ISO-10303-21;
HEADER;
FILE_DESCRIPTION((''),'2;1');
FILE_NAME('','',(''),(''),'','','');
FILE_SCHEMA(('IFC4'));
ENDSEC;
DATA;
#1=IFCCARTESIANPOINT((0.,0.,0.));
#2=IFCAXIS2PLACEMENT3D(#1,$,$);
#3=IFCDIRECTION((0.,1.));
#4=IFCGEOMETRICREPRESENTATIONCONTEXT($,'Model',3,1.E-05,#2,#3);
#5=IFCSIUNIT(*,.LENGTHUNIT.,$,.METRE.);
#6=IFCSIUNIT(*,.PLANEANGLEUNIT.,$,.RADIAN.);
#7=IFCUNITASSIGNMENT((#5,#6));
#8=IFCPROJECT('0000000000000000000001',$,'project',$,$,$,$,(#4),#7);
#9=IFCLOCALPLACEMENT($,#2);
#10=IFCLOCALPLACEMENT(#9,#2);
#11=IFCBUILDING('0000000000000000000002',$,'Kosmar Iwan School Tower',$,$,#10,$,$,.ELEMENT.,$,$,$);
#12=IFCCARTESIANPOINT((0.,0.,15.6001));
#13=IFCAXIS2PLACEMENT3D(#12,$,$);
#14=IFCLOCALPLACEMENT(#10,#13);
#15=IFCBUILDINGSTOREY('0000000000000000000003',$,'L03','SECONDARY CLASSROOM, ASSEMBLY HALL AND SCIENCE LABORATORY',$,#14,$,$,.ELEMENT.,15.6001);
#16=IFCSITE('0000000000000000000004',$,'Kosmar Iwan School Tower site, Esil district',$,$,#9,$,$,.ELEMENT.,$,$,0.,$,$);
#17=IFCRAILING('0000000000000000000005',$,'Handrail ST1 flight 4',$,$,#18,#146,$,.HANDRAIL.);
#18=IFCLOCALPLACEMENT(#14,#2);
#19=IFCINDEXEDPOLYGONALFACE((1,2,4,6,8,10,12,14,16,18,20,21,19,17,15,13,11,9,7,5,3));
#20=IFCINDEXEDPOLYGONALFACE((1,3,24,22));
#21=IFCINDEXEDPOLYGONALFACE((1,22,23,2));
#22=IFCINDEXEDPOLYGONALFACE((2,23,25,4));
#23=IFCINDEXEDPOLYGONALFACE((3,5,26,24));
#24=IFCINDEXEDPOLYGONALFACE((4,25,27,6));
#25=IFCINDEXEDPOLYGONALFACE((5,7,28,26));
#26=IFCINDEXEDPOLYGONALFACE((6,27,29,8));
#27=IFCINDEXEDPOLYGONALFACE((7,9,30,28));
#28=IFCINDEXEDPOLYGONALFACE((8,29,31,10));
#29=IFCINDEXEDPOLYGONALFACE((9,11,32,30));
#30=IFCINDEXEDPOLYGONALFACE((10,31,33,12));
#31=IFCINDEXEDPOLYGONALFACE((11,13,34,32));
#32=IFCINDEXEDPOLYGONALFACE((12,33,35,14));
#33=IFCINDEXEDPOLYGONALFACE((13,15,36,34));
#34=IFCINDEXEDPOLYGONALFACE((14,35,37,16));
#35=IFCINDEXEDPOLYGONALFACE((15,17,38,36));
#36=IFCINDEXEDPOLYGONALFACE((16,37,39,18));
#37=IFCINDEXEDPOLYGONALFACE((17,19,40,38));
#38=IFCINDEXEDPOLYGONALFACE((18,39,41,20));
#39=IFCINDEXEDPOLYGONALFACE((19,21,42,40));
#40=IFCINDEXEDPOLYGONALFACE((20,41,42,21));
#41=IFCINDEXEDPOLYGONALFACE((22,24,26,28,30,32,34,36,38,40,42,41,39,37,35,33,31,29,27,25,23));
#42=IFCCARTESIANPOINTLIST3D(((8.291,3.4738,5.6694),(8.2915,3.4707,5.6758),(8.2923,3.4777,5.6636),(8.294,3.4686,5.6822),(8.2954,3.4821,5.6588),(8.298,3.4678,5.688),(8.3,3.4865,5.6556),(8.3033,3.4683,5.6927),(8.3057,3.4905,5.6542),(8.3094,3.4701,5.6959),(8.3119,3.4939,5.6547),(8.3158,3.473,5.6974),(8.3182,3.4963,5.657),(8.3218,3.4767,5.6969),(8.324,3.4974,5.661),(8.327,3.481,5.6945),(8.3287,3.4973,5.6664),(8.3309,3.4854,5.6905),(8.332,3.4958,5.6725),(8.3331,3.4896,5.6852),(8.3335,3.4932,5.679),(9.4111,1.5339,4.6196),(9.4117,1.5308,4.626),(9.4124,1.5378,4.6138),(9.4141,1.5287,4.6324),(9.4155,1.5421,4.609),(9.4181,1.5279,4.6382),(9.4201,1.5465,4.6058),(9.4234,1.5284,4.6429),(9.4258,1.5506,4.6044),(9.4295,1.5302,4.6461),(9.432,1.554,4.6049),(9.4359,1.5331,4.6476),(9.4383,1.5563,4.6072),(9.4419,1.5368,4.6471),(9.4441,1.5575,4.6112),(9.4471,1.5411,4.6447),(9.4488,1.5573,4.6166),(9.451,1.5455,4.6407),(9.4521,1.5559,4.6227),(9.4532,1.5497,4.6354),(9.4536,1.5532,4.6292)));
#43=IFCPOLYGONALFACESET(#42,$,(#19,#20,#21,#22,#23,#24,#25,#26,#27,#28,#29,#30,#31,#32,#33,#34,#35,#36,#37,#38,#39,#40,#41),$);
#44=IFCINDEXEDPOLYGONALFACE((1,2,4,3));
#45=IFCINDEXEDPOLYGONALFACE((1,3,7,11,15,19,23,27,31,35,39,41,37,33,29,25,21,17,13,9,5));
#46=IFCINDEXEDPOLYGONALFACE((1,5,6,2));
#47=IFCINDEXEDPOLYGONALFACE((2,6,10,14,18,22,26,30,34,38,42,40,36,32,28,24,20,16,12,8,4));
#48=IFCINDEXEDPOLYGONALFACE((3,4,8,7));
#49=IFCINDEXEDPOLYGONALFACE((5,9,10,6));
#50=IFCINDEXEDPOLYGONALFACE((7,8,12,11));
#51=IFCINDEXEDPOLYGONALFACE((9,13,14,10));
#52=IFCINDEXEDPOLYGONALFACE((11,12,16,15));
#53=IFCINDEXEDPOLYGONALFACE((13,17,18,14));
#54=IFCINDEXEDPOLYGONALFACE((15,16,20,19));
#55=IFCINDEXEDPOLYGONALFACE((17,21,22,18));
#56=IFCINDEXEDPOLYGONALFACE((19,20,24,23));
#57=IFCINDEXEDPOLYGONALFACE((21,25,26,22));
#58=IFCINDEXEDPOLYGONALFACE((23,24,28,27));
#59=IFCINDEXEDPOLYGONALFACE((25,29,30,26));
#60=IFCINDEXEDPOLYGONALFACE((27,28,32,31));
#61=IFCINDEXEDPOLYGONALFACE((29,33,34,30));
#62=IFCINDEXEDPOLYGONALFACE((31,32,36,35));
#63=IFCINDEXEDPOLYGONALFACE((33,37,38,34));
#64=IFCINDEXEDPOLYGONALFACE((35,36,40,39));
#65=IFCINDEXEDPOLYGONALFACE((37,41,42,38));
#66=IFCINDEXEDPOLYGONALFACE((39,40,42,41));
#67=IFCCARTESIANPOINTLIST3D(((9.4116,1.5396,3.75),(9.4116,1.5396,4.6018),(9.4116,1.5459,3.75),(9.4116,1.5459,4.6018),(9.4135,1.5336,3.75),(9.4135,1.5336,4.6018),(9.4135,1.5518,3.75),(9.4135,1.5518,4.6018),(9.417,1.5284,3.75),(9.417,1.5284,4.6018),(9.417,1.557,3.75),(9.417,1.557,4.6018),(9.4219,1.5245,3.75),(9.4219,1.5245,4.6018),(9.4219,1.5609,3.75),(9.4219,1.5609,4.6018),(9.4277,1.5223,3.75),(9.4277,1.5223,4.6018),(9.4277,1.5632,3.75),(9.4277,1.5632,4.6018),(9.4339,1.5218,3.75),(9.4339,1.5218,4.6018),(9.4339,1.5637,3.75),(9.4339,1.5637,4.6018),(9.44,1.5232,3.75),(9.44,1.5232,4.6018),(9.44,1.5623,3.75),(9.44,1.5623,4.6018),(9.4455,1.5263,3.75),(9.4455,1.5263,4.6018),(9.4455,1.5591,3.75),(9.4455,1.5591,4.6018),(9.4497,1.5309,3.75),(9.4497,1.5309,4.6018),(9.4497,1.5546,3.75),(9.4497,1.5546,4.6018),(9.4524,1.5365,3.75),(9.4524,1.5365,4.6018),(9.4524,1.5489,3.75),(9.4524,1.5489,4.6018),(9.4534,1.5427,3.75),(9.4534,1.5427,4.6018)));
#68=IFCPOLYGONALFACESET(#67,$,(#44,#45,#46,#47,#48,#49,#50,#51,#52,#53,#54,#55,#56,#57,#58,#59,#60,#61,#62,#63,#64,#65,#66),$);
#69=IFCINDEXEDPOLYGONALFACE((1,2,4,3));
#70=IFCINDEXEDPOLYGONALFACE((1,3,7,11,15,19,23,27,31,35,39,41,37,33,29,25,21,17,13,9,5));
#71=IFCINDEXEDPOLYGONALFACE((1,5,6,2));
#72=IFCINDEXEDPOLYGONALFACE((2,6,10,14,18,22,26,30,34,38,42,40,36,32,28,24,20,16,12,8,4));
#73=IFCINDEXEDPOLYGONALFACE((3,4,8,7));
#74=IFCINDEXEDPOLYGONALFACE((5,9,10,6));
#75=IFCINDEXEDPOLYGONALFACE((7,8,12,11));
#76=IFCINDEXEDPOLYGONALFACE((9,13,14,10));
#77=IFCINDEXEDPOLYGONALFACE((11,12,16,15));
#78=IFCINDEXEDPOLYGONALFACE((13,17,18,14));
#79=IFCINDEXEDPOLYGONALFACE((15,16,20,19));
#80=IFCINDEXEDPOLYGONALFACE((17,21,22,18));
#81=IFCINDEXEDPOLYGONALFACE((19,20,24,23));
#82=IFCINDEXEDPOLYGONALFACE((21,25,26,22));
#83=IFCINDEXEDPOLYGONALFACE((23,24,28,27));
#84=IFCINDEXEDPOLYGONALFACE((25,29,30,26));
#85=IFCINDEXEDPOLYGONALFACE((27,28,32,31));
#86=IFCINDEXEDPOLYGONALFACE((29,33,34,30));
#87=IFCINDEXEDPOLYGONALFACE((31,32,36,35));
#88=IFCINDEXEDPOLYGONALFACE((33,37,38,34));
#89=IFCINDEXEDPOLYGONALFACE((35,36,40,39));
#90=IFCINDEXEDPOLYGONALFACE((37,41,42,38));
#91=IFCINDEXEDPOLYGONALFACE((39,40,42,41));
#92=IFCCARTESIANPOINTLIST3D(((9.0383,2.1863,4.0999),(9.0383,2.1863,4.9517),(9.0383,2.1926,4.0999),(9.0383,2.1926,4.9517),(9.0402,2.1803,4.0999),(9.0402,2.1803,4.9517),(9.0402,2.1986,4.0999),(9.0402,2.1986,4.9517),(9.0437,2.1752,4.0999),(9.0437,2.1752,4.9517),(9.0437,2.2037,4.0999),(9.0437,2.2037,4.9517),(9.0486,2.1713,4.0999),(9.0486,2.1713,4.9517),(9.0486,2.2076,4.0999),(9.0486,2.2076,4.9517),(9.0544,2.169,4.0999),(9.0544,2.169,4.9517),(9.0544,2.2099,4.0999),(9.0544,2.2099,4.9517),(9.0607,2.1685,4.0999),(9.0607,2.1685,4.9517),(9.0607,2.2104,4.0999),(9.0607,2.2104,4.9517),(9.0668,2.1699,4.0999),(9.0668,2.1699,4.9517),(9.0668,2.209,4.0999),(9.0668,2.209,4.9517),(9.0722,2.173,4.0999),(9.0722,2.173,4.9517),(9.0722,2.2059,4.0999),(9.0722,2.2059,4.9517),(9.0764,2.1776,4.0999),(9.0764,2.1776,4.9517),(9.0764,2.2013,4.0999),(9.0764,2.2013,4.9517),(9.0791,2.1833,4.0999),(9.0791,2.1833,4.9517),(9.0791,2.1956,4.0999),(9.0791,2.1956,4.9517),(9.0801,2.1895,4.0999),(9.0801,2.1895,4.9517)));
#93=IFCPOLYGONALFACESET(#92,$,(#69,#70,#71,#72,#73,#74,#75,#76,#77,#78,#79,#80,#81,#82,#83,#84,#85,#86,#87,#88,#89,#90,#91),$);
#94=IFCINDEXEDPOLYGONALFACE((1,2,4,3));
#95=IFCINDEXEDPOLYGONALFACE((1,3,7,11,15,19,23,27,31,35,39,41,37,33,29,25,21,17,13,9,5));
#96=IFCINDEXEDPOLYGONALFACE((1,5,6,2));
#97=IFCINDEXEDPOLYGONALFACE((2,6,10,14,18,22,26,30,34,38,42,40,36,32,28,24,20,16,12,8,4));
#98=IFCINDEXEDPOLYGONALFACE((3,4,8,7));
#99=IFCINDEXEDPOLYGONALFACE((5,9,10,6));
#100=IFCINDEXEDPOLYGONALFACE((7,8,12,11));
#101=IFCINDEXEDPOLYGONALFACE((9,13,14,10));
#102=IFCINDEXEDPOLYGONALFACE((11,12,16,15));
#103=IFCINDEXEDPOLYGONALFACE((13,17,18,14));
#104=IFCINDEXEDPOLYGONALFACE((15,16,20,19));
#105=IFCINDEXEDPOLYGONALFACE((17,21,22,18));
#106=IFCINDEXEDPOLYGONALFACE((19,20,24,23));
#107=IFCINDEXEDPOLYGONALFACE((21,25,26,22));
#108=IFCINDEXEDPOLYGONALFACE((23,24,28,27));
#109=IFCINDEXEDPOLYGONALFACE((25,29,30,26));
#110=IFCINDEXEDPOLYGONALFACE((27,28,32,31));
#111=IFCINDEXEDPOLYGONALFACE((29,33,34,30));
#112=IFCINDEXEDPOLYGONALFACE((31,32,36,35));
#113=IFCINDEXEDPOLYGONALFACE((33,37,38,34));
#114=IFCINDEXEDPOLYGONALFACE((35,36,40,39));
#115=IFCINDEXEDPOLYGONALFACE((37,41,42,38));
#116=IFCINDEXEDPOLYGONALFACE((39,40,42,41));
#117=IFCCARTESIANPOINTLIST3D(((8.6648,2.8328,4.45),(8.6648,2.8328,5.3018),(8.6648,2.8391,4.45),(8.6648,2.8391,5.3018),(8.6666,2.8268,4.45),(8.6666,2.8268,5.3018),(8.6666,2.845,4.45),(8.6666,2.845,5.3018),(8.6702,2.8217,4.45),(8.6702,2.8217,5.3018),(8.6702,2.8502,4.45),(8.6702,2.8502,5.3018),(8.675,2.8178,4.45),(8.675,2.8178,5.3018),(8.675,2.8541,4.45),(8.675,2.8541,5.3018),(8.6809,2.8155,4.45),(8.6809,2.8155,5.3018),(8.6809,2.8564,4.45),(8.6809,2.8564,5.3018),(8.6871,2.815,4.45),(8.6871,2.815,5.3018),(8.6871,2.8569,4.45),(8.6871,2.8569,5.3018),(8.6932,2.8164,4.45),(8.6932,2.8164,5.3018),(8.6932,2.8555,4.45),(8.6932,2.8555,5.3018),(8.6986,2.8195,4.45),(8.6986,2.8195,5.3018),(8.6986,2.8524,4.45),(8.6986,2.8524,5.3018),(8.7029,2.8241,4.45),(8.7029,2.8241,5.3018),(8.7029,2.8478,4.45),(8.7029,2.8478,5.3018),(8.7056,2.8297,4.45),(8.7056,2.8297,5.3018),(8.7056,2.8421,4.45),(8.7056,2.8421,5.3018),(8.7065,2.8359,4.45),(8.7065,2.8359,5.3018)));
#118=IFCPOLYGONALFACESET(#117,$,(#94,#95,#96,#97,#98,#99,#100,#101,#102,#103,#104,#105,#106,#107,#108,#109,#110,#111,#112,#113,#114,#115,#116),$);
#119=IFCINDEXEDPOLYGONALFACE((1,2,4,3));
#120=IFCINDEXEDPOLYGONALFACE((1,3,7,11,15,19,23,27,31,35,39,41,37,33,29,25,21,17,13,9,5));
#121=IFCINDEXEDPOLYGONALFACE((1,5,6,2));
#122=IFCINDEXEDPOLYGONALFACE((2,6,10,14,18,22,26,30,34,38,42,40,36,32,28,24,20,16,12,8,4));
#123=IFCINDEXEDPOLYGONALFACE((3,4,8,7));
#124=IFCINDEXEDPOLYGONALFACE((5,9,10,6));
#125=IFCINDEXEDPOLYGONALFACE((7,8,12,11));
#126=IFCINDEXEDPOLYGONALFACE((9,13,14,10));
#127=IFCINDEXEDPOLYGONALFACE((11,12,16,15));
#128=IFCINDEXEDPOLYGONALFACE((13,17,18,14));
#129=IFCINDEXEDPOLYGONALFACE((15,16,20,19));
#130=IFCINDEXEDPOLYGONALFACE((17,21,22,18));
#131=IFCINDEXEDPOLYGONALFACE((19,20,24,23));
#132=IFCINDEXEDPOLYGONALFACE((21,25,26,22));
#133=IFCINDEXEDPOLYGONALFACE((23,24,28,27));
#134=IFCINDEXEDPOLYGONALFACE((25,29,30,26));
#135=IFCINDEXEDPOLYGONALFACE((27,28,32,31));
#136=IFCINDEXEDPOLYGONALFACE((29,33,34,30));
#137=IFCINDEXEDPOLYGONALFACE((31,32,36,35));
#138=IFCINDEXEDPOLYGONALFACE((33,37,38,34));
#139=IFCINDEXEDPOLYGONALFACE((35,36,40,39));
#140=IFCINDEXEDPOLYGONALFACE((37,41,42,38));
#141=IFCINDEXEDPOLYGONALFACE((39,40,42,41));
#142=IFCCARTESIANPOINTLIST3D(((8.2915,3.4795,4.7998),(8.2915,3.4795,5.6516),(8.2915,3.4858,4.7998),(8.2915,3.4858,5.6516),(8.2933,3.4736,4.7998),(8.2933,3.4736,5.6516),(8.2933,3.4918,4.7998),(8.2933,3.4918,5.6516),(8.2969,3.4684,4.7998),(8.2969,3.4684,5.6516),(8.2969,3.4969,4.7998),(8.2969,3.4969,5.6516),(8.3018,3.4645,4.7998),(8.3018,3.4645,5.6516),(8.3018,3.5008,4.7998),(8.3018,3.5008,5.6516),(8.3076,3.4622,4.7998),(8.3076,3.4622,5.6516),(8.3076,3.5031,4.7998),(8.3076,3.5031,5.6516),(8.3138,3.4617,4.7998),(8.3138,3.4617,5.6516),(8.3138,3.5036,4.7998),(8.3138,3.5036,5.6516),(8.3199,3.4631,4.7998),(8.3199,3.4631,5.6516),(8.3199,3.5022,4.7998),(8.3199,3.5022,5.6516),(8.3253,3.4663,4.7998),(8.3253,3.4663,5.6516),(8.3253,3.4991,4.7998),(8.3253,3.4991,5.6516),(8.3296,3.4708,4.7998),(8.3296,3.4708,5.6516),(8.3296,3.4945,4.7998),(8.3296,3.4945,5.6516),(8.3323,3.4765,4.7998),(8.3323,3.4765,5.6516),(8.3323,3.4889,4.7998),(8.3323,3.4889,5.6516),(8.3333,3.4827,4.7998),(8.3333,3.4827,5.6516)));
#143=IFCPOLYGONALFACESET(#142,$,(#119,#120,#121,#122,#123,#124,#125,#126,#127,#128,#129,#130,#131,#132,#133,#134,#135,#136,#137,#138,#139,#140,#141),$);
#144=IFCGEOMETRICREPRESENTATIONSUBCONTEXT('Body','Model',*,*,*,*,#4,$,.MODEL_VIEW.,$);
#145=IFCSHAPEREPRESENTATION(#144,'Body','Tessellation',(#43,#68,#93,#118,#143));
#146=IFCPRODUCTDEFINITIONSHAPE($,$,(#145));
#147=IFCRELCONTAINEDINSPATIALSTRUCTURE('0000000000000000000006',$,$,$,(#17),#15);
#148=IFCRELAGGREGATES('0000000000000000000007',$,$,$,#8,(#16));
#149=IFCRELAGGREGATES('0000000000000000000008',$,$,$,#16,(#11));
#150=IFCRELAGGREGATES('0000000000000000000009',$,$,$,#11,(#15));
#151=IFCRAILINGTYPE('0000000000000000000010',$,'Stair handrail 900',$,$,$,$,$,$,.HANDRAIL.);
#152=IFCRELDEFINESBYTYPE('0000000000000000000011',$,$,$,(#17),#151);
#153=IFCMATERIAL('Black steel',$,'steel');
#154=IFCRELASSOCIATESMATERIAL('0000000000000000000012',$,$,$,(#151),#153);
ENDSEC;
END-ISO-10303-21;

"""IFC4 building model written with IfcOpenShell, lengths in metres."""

from ifc_helpers import new_model, si_unit, direction, frame, origin, origin_2d, place, context, subcontext, project, spatial, circle, extrude, material, type_object, element, save


model = new_model("IFC4")

# Units and contexts
model_context = context("Model", 3, precision=1e-05, world=origin(), true_north=direction((0.0, 1.0)))
body_context = subcontext(model_context, "Body", "Model", "MODEL_VIEW")
ifc_project = project(units=[si_unit("LENGTHUNIT", "METRE"), si_unit("PLANEANGLEUNIT", "RADIAN")], contexts=[model_context])

# Site, building, storey
site_placement = place(None, origin())
site = spatial("IfcSite", under=ifc_project, at=site_placement, Name="Kosmar Iwan School Tower site, Esil district", CompositionType="ELEMENT", RefElevation=0.0)
building_placement = place(site_placement, origin())
building = spatial("IfcBuilding", under=site, at=building_placement, Name="Kosmar Iwan School Tower", CompositionType="ELEMENT")
storey_placement = place(building_placement, frame((0.0, 0.0, 15.6001)))
storey = spatial("IfcBuildingStorey", under=building, at=storey_placement, Name="L03", Description="SECONDARY CLASSROOM, ASSEMBLY HALL AND SCIENCE LABORATORY", CompositionType="ELEMENT", Elevation=15.6001)

# Railing
ifc_material_1 = material(Name="Black steel", Category="steel")
railing_type = type_object("IfcRailingType", Name="Stair handrail 900", PredefinedType="HANDRAIL", material=ifc_material_1)
railing_1_placement = place(storey_placement, frame((9.4324, 1.5427, 3.75)))
element("IfcRailing", 1, at=railing_1_placement, inside=storey, type_object=railing_type, Name="Handrail ST1 flight 4", PredefinedType="HANDRAIL", context=body_context, shape_type="SweptSolid", body=[
    extrude(circle(Radius=0.0239, at=origin_2d()), frame((0.0, 0.0, 0.876), z_axis=(-0.452776, 0.784167, 0.424354), x_axis=(-0.866008, -0.500031, 0.0)), (0.0, 0.0, 1.0), 2.4739),
    extrude(circle(Radius=0.021, at=origin_2d()), origin(), (0.0, 0.0, 1.0), 0.8518),
    extrude(circle(Radius=0.021, at=origin_2d()), frame((-0.3733, 0.6467, 0.3499)), (0.0, 0.0, 1.0), 0.8518),
    extrude(circle(Radius=0.021, at=origin_2d()), frame((-0.7468, 1.2932, 0.7)), (0.0, 0.0, 1.0), 0.8518),
    extrude(circle(Radius=0.021, at=origin_2d()), frame((-1.1201, 1.9399, 1.0498)), (0.0, 0.0, 1.0), 0.8518),
])

save(model, "model.ifc")
